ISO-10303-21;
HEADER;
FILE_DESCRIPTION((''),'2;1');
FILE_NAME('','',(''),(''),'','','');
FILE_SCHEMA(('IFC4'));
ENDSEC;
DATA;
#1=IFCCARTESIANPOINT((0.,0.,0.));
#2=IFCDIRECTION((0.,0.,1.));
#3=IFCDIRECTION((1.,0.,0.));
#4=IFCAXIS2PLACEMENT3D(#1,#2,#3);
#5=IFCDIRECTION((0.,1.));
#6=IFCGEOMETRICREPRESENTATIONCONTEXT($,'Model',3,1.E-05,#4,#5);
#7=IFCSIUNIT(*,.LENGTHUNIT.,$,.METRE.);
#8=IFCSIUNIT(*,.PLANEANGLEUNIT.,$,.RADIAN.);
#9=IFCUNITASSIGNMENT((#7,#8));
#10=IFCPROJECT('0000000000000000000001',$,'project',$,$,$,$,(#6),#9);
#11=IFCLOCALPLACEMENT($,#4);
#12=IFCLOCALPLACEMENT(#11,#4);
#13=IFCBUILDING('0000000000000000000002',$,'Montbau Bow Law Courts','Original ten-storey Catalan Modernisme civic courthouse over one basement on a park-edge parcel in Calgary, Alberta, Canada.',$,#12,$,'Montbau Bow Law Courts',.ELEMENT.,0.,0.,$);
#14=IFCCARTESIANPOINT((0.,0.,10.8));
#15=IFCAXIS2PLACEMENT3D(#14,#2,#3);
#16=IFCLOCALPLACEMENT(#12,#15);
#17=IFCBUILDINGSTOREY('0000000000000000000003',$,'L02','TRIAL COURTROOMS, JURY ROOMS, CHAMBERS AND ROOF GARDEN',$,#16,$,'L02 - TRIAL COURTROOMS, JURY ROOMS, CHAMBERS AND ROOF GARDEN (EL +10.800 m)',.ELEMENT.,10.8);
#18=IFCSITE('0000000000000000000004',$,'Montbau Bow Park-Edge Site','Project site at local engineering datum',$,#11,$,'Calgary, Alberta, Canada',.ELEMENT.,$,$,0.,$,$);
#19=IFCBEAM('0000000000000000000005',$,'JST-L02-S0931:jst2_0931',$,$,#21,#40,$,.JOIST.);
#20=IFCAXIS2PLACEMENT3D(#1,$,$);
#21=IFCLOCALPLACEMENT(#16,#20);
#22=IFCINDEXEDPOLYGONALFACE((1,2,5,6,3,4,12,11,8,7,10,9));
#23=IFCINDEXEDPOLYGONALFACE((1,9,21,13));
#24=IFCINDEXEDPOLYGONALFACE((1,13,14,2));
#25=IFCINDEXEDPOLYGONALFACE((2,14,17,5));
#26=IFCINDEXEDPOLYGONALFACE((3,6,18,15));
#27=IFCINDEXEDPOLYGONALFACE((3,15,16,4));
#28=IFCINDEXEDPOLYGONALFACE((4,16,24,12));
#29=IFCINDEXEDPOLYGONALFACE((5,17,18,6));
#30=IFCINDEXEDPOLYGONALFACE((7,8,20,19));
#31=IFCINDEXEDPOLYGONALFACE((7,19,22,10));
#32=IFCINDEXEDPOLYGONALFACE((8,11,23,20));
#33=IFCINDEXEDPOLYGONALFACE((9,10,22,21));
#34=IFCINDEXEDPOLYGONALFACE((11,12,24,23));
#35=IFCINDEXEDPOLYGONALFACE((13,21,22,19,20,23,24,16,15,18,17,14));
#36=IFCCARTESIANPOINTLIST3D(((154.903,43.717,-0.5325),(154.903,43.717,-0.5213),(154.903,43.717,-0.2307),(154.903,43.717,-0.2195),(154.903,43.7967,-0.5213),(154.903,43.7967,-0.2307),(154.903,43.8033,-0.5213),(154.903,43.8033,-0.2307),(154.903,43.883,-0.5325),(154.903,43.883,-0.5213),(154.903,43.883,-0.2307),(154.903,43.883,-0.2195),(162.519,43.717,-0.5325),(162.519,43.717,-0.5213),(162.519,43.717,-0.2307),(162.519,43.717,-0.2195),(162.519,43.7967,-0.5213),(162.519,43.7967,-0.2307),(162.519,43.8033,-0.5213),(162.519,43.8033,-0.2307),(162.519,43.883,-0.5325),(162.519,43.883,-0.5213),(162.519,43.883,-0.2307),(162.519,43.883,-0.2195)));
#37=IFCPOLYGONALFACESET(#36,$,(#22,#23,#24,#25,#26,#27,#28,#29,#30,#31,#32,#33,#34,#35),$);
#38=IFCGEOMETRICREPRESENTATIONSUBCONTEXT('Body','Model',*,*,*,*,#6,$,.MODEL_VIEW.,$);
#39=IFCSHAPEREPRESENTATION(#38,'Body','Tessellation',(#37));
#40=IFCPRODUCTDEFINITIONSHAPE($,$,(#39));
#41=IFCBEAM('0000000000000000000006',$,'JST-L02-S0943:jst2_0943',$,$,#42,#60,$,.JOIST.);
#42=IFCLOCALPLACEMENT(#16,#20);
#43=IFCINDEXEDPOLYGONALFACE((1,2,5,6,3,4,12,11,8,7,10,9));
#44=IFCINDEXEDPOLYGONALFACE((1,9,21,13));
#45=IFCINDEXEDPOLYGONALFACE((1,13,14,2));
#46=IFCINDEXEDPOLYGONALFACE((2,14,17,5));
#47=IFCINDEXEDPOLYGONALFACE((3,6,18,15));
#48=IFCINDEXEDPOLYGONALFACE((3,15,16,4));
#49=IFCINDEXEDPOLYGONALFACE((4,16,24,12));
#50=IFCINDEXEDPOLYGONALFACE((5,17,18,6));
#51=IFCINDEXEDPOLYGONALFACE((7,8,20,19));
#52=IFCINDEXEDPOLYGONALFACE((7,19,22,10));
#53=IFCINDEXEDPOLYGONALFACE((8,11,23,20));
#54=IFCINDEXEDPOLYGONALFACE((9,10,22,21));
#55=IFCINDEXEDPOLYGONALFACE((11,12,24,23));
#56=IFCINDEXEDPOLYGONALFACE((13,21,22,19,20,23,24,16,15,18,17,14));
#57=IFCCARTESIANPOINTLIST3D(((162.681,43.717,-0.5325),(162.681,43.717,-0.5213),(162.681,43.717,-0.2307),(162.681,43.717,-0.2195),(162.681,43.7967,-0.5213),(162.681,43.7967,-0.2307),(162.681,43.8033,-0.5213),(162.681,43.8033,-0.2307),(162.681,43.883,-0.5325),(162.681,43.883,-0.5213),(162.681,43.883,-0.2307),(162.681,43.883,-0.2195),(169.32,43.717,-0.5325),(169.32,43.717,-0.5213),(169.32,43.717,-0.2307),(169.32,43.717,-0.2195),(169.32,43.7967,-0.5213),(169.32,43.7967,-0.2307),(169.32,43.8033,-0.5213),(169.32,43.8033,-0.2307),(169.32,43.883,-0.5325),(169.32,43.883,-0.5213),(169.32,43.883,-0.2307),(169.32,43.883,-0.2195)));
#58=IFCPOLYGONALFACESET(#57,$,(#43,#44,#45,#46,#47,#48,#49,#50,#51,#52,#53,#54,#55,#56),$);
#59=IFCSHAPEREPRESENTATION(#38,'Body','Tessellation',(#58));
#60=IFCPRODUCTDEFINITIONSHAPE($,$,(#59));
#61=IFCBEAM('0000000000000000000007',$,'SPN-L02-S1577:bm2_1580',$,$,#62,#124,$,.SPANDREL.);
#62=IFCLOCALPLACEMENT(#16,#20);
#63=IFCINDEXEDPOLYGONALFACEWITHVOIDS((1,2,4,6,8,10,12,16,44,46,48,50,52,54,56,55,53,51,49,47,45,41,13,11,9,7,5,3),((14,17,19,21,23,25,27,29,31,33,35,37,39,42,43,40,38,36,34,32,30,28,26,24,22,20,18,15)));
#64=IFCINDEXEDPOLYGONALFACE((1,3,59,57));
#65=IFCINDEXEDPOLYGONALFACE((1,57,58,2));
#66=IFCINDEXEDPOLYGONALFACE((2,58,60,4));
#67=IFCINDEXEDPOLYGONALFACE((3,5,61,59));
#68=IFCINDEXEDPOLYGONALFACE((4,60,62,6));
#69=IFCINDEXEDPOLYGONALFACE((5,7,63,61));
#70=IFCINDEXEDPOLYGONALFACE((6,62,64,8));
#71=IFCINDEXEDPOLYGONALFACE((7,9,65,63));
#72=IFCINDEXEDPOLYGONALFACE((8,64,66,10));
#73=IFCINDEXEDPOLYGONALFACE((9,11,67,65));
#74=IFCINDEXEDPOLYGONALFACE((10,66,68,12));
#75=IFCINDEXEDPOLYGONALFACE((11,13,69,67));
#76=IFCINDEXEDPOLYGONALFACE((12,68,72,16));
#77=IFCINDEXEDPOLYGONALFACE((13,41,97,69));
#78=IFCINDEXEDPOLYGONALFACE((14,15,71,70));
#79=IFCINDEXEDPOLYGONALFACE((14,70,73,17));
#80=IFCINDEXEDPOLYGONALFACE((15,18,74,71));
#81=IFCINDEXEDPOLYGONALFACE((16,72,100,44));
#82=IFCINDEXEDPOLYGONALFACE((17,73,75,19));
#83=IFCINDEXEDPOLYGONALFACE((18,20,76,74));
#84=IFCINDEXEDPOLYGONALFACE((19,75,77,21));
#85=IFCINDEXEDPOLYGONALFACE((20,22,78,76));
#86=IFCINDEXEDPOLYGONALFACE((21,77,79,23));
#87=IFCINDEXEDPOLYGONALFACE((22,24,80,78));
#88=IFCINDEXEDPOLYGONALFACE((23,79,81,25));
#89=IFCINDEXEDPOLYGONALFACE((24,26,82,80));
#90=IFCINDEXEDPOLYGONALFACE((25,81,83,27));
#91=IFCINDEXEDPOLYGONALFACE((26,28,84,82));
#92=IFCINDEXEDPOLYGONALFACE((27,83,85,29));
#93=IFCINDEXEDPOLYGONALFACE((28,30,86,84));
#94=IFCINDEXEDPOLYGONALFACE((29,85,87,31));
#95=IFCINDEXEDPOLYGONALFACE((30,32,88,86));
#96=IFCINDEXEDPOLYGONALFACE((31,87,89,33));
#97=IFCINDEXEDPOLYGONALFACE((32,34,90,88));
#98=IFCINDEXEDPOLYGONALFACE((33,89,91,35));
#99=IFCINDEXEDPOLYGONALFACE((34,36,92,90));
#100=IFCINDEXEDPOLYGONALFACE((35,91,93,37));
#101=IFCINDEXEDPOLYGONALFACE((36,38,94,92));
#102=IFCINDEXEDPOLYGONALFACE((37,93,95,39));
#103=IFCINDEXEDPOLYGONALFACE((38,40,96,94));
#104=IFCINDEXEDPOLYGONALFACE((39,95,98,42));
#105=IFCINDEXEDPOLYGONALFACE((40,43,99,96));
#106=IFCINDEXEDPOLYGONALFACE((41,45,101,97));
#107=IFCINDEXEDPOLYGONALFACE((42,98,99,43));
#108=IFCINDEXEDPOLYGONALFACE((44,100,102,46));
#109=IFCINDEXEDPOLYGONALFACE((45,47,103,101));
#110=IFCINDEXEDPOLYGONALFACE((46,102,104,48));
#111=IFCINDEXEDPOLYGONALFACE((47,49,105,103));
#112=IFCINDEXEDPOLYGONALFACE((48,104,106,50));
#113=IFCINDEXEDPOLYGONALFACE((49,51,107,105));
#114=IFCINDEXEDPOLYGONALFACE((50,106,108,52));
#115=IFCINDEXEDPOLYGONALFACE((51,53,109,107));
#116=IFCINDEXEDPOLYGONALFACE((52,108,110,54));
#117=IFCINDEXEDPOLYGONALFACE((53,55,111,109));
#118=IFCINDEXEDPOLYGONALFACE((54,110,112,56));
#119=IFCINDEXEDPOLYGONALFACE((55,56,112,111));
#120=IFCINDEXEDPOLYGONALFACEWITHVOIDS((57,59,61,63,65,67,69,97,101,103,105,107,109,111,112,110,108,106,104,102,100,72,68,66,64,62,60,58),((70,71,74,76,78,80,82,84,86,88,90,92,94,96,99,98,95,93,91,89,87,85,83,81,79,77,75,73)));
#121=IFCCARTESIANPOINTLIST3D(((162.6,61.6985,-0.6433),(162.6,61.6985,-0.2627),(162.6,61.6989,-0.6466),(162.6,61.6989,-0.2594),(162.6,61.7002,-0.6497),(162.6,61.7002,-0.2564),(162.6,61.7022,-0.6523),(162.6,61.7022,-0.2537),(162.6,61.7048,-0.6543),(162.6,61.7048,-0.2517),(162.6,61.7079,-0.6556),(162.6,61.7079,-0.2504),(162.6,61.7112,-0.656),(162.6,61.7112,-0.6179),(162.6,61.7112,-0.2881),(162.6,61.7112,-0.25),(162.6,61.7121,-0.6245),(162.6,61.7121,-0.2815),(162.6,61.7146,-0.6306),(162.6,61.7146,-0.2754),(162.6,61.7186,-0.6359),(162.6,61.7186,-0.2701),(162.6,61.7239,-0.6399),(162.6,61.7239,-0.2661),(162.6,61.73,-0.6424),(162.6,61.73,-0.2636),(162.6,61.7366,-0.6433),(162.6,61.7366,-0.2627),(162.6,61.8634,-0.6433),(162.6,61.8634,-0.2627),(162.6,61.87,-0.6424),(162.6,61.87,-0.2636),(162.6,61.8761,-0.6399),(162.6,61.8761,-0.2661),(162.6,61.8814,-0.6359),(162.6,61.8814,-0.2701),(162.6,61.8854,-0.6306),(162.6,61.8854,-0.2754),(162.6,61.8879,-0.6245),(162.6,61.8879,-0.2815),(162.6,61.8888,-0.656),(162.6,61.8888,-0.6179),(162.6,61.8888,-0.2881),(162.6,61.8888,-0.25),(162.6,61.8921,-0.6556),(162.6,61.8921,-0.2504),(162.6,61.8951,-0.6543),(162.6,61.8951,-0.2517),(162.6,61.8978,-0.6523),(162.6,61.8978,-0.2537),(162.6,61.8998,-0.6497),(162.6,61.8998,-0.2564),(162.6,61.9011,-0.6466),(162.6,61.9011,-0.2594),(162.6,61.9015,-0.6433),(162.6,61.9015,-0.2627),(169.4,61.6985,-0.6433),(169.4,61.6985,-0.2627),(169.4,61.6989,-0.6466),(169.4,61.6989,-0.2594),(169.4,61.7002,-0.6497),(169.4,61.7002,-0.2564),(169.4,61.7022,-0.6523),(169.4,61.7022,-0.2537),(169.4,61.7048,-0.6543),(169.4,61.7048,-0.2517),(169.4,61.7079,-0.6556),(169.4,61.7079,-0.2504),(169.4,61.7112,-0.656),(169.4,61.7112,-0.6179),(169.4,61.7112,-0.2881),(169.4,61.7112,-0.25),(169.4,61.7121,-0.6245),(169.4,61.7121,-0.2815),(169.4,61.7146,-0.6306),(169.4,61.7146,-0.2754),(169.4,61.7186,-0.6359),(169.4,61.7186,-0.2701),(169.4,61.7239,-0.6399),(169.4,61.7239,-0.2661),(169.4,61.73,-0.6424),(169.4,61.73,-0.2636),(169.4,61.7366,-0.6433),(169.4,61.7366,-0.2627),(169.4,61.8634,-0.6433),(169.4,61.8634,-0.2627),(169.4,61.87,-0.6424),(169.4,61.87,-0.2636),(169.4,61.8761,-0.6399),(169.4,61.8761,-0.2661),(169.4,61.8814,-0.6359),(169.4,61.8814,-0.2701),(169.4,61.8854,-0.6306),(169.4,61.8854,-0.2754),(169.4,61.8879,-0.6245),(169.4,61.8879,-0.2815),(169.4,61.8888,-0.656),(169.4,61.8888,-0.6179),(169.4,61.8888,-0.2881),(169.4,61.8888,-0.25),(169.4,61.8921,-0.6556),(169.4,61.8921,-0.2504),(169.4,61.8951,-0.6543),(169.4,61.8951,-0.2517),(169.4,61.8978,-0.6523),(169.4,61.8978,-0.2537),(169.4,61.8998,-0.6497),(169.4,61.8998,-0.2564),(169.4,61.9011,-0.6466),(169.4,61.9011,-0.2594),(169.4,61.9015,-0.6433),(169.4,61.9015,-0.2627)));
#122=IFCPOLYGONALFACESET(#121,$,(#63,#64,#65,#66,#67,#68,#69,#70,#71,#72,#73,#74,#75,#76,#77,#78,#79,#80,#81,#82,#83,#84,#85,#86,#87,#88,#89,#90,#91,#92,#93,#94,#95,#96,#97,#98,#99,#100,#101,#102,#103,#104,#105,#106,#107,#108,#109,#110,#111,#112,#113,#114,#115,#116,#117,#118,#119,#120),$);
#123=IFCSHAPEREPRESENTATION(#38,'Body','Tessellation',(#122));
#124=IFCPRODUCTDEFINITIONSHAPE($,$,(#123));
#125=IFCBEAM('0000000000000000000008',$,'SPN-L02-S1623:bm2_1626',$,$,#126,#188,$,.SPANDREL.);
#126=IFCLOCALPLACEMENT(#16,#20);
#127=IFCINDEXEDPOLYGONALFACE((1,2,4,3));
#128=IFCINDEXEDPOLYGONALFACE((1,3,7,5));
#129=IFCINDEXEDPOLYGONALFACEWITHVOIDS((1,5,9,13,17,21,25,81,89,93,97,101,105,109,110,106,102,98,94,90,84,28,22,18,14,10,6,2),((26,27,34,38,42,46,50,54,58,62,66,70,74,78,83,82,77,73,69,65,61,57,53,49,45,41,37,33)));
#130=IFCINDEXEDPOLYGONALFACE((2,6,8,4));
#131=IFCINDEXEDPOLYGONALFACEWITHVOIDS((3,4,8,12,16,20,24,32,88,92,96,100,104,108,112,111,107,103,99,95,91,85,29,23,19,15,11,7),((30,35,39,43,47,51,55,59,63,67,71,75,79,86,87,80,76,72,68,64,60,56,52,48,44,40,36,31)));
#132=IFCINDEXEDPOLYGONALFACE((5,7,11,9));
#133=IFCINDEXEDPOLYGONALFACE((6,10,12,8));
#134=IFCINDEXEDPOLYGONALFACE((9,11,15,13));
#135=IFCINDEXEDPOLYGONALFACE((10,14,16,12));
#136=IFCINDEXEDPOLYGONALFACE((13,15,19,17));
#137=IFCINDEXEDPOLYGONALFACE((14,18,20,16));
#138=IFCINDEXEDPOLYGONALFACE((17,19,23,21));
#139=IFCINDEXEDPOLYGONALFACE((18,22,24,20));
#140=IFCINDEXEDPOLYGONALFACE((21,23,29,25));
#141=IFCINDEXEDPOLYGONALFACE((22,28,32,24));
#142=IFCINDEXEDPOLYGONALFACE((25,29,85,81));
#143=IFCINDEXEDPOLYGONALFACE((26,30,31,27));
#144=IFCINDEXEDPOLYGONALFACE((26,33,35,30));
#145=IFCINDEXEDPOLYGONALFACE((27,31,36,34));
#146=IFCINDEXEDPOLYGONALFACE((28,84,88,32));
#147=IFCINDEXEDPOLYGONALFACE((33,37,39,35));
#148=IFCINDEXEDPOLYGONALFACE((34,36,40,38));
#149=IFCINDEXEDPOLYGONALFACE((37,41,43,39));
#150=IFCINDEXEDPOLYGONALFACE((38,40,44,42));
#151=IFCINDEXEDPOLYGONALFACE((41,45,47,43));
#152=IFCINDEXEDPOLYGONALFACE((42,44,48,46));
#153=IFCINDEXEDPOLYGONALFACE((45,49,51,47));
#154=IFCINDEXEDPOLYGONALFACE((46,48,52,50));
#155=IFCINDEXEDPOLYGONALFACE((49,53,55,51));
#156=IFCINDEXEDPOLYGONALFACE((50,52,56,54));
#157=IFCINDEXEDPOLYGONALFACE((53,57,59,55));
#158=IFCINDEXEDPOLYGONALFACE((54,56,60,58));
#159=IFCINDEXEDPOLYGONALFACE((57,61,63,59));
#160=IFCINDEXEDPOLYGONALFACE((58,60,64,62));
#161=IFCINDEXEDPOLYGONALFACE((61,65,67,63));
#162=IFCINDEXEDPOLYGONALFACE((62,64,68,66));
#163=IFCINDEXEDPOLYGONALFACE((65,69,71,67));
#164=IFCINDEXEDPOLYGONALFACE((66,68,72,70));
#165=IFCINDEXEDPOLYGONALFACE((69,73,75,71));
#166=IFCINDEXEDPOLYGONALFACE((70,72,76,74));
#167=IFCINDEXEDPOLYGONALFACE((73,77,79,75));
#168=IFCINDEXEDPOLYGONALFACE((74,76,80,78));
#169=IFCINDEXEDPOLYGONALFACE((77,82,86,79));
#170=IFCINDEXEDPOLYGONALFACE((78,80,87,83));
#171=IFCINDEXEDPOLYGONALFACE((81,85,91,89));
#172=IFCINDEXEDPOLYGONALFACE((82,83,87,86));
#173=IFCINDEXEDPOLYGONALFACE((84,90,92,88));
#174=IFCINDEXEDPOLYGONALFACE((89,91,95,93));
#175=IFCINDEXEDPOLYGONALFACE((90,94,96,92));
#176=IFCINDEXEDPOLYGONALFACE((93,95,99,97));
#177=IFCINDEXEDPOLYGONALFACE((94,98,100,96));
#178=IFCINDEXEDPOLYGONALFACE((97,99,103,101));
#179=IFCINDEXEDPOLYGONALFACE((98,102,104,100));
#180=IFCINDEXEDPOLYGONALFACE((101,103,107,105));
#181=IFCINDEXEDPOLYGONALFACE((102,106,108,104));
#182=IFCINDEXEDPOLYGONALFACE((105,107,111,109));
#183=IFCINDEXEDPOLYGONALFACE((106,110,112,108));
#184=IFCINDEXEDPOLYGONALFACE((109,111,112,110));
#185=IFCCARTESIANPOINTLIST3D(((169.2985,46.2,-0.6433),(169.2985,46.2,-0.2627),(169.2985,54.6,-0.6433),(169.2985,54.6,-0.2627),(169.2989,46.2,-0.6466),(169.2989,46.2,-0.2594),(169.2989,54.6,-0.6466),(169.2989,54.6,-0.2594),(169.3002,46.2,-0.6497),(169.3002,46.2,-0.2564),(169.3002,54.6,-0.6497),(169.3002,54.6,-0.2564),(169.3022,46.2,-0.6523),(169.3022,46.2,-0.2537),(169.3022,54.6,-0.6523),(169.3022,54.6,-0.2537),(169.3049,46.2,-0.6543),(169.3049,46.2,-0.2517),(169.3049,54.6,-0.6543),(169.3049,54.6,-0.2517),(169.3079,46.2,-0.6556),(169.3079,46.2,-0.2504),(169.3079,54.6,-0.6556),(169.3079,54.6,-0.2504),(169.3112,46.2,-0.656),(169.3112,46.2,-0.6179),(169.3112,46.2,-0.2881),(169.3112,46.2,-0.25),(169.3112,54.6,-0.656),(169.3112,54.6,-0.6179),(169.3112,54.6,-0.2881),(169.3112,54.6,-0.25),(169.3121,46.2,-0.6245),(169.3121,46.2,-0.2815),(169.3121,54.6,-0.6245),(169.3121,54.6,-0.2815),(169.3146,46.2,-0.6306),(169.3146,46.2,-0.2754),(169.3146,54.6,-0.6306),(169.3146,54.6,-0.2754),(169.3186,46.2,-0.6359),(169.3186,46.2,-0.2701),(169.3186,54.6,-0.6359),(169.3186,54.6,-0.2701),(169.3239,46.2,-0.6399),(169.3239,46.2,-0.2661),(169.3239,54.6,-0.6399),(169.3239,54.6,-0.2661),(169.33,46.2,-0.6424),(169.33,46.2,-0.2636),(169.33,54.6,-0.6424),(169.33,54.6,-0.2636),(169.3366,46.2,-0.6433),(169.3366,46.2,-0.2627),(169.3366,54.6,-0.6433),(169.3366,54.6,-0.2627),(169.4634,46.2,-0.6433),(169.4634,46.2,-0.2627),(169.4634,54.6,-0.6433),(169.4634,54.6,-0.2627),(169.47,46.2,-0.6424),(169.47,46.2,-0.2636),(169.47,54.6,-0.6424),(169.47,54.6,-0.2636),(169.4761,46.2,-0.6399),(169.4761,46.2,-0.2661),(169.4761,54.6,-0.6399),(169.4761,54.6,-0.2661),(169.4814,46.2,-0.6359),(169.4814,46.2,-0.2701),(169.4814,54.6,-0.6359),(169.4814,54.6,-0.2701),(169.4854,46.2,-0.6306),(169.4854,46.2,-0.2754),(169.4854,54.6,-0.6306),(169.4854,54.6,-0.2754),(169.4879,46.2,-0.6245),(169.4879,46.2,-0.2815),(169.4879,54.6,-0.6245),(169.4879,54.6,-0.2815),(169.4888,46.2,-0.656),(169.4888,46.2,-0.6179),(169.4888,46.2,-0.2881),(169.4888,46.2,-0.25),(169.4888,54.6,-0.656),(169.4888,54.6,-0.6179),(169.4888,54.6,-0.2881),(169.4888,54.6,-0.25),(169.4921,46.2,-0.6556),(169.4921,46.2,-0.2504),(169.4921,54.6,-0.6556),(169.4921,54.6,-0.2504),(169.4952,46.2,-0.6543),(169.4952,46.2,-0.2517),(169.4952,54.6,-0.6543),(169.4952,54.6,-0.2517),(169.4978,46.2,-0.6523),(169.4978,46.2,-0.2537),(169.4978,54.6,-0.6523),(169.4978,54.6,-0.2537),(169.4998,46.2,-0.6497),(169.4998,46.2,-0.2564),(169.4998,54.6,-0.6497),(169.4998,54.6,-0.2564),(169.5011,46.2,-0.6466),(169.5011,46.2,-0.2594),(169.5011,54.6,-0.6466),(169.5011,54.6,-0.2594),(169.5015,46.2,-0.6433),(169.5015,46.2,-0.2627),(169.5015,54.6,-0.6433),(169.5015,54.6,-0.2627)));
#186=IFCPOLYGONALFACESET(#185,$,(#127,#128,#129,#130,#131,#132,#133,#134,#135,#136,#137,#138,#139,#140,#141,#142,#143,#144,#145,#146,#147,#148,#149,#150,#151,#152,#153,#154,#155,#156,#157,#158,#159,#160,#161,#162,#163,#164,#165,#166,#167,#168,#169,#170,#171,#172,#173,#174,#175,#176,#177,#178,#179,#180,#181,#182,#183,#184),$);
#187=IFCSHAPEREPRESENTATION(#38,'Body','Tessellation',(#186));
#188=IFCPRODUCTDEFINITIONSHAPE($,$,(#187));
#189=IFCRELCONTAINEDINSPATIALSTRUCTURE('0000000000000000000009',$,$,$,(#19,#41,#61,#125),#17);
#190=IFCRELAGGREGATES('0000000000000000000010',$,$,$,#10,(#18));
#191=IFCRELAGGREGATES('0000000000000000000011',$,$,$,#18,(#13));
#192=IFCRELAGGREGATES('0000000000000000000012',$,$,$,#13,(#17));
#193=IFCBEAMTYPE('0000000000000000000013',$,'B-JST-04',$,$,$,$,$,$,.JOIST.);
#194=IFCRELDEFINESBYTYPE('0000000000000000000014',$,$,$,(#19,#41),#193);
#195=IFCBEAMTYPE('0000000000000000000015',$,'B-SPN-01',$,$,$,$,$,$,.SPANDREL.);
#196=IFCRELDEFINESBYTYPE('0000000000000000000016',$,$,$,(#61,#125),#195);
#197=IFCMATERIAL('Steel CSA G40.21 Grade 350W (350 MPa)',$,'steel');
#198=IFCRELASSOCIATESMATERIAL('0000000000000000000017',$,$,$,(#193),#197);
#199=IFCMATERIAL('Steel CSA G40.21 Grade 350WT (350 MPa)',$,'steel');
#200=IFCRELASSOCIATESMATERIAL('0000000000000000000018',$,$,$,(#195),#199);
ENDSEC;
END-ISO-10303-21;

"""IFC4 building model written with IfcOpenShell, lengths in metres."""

from ifc_helpers import new_model, si_unit, direction, frame, origin_with_axes, origin_2d_with_axis, place, context, subcontext, project, spatial, hollow_rectangle, i_section, extrude, material, material_profile, profile_set, type_object, element, save


model = new_model("IFC4")

# Units and contexts
model_context = context("Model", 3, precision=1e-05, world=origin_with_axes(), true_north=direction((0.0, 1.0)))
body_context = subcontext(model_context, "Body", "Model", "MODEL_VIEW")
ifc_project = project(units=[si_unit("LENGTHUNIT", "METRE"), si_unit("PLANEANGLEUNIT", "RADIAN")], contexts=[model_context])

# Site, building, storey
site_placement = place(None, origin_with_axes())
site = spatial("IfcSite", under=ifc_project, at=site_placement, Name="Montbau Bow Park-Edge Site", Description="Project site at local engineering datum", LongName="Calgary, Alberta, Canada", CompositionType="ELEMENT", RefElevation=0.0)
building_placement = place(site_placement, origin_with_axes())
building = spatial("IfcBuilding", under=site, at=building_placement, Name="Montbau Bow Law Courts", Description="Original ten-storey Catalan Modernisme civic courthouse over one basement on a park-edge parcel in Calgary, Alberta, Canada.", LongName="Montbau Bow Law Courts", CompositionType="ELEMENT", ElevationOfRefHeight=0.0, ElevationOfTerrain=0.0)
storey_placement = place(building_placement, frame((0.0, 0.0, 10.8), z_axis=(0.0, 0.0, 1.0), x_axis=(1.0, 0.0, 0.0)))
storey = spatial("IfcBuildingStorey", under=building, at=storey_placement, Name="L02", Description="TRIAL COURTROOMS, JURY ROOMS, CHAMBERS AND ROOF GARDEN", LongName="L02 - TRIAL COURTROOMS, JURY ROOMS, CHAMBERS AND ROOF GARDEN (EL +10.800 m)", CompositionType="ELEMENT", Elevation=10.8)

# Shared definitions
ifc_material_1 = material(Name="Steel CSA G40.21 Grade 350W (350 MPa)", Category="steel")

# Beams
ifc_material_profile_1 = material_profile(ifc_material_1, i_section(OverallWidth=0.166, OverallDepth=0.313, WebThickness=0.0066, FlangeThickness=0.0112, at=origin_2d_with_axis()), Name="W310X45", Category="Main", Priority=0)
ifc_profile_set_1 = profile_set([ifc_material_profile_1], Name="Steel CSA G40.21 Grade 350W (350 MPa)")
beam_type_1 = type_object("IfcBeamType", Name="B-JST-04", PredefinedType="JOIST", material=ifc_profile_set_1)
beam_1_placement = place(None, frame((154.903, 43.8, 10.424), z_axis=(1.0, 0.0, 0.0), x_axis=(0.0, 1.0, 0.0)))
element("IfcBeam", 1, at=beam_1_placement, inside=storey, type_object=beam_type_1, Name="JST-L02-S0931:jst2_0931", PredefinedType="JOIST", context=body_context, shape_type="SweptSolid", body=[
    extrude(i_section(OverallWidth=0.166, OverallDepth=0.313, WebThickness=0.0066, FlangeThickness=0.0112, at=origin_2d_with_axis()), origin_with_axes(), (0.0, 0.0, 1.0), 7.616),
])
beam_2_placement = place(None, frame((162.681, 43.8, 10.424), z_axis=(1.0, 0.0, 0.0), x_axis=(0.0, 1.0, 0.0)))
element("IfcBeam", 2, at=beam_2_placement, inside=storey, type_object=beam_type_1, Name="JST-L02-S0943:jst2_0943", PredefinedType="JOIST", context=body_context, shape_type="SweptSolid", body=[
    extrude(i_section(OverallWidth=0.166, OverallDepth=0.313, WebThickness=0.0066, FlangeThickness=0.0112, at=origin_2d_with_axis()), origin_with_axes(), (0.0, 0.0, 1.0), 6.639),
])
ifc_material_2 = material(Name="Steel CSA G40.21 Grade 350WT (350 MPa)", Category="steel")
ifc_material_profile_2 = material_profile(ifc_material_2, hollow_rectangle(XDim=0.203, YDim=0.406, WallThickness=0.0127, InnerFilletRadius=0.0254, OuterFilletRadius=0.0127, at=origin_2d_with_axis()), Name="HSS406X203X13", Category="Main", Priority=0)
ifc_profile_set_2 = profile_set([ifc_material_profile_2], Name="Steel CSA G40.21 Grade 350WT (350 MPa)")
beam_type_2 = type_object("IfcBeamType", Name="B-SPN-01", PredefinedType="SPANDREL", material=ifc_profile_set_2)
beam_3_placement = place(None, frame((162.6, 61.8, 10.347), z_axis=(1.0, 0.0, 0.0), x_axis=(0.0, 1.0, 0.0)))
element("IfcBeam", 3, at=beam_3_placement, inside=storey, type_object=beam_type_2, Name="SPN-L02-S1577:bm2_1580", PredefinedType="SPANDREL", context=body_context, shape_type="SweptSolid", body=[
    extrude(hollow_rectangle(XDim=0.203, YDim=0.406, WallThickness=0.0127, InnerFilletRadius=0.0254, OuterFilletRadius=0.0127, at=origin_2d_with_axis()), origin_with_axes(), (0.0, 0.0, 1.0), 6.8),
])
beam_4_placement = place(None, frame((169.4, 46.2, 10.347), z_axis=(0.0, 1.0, 0.0), x_axis=(-1.0, 0.0, 0.0)))
element("IfcBeam", 4, at=beam_4_placement, inside=storey, type_object=beam_type_2, Name="SPN-L02-S1623:bm2_1626", PredefinedType="SPANDREL", context=body_context, shape_type="SweptSolid", body=[
    extrude(hollow_rectangle(XDim=0.203, YDim=0.406, WallThickness=0.0127, InnerFilletRadius=0.0254, OuterFilletRadius=0.0127, at=origin_2d_with_axis()), origin_with_axes(), (0.0, 0.0, 1.0), 8.4),
])

save(model, "model.ifc")
